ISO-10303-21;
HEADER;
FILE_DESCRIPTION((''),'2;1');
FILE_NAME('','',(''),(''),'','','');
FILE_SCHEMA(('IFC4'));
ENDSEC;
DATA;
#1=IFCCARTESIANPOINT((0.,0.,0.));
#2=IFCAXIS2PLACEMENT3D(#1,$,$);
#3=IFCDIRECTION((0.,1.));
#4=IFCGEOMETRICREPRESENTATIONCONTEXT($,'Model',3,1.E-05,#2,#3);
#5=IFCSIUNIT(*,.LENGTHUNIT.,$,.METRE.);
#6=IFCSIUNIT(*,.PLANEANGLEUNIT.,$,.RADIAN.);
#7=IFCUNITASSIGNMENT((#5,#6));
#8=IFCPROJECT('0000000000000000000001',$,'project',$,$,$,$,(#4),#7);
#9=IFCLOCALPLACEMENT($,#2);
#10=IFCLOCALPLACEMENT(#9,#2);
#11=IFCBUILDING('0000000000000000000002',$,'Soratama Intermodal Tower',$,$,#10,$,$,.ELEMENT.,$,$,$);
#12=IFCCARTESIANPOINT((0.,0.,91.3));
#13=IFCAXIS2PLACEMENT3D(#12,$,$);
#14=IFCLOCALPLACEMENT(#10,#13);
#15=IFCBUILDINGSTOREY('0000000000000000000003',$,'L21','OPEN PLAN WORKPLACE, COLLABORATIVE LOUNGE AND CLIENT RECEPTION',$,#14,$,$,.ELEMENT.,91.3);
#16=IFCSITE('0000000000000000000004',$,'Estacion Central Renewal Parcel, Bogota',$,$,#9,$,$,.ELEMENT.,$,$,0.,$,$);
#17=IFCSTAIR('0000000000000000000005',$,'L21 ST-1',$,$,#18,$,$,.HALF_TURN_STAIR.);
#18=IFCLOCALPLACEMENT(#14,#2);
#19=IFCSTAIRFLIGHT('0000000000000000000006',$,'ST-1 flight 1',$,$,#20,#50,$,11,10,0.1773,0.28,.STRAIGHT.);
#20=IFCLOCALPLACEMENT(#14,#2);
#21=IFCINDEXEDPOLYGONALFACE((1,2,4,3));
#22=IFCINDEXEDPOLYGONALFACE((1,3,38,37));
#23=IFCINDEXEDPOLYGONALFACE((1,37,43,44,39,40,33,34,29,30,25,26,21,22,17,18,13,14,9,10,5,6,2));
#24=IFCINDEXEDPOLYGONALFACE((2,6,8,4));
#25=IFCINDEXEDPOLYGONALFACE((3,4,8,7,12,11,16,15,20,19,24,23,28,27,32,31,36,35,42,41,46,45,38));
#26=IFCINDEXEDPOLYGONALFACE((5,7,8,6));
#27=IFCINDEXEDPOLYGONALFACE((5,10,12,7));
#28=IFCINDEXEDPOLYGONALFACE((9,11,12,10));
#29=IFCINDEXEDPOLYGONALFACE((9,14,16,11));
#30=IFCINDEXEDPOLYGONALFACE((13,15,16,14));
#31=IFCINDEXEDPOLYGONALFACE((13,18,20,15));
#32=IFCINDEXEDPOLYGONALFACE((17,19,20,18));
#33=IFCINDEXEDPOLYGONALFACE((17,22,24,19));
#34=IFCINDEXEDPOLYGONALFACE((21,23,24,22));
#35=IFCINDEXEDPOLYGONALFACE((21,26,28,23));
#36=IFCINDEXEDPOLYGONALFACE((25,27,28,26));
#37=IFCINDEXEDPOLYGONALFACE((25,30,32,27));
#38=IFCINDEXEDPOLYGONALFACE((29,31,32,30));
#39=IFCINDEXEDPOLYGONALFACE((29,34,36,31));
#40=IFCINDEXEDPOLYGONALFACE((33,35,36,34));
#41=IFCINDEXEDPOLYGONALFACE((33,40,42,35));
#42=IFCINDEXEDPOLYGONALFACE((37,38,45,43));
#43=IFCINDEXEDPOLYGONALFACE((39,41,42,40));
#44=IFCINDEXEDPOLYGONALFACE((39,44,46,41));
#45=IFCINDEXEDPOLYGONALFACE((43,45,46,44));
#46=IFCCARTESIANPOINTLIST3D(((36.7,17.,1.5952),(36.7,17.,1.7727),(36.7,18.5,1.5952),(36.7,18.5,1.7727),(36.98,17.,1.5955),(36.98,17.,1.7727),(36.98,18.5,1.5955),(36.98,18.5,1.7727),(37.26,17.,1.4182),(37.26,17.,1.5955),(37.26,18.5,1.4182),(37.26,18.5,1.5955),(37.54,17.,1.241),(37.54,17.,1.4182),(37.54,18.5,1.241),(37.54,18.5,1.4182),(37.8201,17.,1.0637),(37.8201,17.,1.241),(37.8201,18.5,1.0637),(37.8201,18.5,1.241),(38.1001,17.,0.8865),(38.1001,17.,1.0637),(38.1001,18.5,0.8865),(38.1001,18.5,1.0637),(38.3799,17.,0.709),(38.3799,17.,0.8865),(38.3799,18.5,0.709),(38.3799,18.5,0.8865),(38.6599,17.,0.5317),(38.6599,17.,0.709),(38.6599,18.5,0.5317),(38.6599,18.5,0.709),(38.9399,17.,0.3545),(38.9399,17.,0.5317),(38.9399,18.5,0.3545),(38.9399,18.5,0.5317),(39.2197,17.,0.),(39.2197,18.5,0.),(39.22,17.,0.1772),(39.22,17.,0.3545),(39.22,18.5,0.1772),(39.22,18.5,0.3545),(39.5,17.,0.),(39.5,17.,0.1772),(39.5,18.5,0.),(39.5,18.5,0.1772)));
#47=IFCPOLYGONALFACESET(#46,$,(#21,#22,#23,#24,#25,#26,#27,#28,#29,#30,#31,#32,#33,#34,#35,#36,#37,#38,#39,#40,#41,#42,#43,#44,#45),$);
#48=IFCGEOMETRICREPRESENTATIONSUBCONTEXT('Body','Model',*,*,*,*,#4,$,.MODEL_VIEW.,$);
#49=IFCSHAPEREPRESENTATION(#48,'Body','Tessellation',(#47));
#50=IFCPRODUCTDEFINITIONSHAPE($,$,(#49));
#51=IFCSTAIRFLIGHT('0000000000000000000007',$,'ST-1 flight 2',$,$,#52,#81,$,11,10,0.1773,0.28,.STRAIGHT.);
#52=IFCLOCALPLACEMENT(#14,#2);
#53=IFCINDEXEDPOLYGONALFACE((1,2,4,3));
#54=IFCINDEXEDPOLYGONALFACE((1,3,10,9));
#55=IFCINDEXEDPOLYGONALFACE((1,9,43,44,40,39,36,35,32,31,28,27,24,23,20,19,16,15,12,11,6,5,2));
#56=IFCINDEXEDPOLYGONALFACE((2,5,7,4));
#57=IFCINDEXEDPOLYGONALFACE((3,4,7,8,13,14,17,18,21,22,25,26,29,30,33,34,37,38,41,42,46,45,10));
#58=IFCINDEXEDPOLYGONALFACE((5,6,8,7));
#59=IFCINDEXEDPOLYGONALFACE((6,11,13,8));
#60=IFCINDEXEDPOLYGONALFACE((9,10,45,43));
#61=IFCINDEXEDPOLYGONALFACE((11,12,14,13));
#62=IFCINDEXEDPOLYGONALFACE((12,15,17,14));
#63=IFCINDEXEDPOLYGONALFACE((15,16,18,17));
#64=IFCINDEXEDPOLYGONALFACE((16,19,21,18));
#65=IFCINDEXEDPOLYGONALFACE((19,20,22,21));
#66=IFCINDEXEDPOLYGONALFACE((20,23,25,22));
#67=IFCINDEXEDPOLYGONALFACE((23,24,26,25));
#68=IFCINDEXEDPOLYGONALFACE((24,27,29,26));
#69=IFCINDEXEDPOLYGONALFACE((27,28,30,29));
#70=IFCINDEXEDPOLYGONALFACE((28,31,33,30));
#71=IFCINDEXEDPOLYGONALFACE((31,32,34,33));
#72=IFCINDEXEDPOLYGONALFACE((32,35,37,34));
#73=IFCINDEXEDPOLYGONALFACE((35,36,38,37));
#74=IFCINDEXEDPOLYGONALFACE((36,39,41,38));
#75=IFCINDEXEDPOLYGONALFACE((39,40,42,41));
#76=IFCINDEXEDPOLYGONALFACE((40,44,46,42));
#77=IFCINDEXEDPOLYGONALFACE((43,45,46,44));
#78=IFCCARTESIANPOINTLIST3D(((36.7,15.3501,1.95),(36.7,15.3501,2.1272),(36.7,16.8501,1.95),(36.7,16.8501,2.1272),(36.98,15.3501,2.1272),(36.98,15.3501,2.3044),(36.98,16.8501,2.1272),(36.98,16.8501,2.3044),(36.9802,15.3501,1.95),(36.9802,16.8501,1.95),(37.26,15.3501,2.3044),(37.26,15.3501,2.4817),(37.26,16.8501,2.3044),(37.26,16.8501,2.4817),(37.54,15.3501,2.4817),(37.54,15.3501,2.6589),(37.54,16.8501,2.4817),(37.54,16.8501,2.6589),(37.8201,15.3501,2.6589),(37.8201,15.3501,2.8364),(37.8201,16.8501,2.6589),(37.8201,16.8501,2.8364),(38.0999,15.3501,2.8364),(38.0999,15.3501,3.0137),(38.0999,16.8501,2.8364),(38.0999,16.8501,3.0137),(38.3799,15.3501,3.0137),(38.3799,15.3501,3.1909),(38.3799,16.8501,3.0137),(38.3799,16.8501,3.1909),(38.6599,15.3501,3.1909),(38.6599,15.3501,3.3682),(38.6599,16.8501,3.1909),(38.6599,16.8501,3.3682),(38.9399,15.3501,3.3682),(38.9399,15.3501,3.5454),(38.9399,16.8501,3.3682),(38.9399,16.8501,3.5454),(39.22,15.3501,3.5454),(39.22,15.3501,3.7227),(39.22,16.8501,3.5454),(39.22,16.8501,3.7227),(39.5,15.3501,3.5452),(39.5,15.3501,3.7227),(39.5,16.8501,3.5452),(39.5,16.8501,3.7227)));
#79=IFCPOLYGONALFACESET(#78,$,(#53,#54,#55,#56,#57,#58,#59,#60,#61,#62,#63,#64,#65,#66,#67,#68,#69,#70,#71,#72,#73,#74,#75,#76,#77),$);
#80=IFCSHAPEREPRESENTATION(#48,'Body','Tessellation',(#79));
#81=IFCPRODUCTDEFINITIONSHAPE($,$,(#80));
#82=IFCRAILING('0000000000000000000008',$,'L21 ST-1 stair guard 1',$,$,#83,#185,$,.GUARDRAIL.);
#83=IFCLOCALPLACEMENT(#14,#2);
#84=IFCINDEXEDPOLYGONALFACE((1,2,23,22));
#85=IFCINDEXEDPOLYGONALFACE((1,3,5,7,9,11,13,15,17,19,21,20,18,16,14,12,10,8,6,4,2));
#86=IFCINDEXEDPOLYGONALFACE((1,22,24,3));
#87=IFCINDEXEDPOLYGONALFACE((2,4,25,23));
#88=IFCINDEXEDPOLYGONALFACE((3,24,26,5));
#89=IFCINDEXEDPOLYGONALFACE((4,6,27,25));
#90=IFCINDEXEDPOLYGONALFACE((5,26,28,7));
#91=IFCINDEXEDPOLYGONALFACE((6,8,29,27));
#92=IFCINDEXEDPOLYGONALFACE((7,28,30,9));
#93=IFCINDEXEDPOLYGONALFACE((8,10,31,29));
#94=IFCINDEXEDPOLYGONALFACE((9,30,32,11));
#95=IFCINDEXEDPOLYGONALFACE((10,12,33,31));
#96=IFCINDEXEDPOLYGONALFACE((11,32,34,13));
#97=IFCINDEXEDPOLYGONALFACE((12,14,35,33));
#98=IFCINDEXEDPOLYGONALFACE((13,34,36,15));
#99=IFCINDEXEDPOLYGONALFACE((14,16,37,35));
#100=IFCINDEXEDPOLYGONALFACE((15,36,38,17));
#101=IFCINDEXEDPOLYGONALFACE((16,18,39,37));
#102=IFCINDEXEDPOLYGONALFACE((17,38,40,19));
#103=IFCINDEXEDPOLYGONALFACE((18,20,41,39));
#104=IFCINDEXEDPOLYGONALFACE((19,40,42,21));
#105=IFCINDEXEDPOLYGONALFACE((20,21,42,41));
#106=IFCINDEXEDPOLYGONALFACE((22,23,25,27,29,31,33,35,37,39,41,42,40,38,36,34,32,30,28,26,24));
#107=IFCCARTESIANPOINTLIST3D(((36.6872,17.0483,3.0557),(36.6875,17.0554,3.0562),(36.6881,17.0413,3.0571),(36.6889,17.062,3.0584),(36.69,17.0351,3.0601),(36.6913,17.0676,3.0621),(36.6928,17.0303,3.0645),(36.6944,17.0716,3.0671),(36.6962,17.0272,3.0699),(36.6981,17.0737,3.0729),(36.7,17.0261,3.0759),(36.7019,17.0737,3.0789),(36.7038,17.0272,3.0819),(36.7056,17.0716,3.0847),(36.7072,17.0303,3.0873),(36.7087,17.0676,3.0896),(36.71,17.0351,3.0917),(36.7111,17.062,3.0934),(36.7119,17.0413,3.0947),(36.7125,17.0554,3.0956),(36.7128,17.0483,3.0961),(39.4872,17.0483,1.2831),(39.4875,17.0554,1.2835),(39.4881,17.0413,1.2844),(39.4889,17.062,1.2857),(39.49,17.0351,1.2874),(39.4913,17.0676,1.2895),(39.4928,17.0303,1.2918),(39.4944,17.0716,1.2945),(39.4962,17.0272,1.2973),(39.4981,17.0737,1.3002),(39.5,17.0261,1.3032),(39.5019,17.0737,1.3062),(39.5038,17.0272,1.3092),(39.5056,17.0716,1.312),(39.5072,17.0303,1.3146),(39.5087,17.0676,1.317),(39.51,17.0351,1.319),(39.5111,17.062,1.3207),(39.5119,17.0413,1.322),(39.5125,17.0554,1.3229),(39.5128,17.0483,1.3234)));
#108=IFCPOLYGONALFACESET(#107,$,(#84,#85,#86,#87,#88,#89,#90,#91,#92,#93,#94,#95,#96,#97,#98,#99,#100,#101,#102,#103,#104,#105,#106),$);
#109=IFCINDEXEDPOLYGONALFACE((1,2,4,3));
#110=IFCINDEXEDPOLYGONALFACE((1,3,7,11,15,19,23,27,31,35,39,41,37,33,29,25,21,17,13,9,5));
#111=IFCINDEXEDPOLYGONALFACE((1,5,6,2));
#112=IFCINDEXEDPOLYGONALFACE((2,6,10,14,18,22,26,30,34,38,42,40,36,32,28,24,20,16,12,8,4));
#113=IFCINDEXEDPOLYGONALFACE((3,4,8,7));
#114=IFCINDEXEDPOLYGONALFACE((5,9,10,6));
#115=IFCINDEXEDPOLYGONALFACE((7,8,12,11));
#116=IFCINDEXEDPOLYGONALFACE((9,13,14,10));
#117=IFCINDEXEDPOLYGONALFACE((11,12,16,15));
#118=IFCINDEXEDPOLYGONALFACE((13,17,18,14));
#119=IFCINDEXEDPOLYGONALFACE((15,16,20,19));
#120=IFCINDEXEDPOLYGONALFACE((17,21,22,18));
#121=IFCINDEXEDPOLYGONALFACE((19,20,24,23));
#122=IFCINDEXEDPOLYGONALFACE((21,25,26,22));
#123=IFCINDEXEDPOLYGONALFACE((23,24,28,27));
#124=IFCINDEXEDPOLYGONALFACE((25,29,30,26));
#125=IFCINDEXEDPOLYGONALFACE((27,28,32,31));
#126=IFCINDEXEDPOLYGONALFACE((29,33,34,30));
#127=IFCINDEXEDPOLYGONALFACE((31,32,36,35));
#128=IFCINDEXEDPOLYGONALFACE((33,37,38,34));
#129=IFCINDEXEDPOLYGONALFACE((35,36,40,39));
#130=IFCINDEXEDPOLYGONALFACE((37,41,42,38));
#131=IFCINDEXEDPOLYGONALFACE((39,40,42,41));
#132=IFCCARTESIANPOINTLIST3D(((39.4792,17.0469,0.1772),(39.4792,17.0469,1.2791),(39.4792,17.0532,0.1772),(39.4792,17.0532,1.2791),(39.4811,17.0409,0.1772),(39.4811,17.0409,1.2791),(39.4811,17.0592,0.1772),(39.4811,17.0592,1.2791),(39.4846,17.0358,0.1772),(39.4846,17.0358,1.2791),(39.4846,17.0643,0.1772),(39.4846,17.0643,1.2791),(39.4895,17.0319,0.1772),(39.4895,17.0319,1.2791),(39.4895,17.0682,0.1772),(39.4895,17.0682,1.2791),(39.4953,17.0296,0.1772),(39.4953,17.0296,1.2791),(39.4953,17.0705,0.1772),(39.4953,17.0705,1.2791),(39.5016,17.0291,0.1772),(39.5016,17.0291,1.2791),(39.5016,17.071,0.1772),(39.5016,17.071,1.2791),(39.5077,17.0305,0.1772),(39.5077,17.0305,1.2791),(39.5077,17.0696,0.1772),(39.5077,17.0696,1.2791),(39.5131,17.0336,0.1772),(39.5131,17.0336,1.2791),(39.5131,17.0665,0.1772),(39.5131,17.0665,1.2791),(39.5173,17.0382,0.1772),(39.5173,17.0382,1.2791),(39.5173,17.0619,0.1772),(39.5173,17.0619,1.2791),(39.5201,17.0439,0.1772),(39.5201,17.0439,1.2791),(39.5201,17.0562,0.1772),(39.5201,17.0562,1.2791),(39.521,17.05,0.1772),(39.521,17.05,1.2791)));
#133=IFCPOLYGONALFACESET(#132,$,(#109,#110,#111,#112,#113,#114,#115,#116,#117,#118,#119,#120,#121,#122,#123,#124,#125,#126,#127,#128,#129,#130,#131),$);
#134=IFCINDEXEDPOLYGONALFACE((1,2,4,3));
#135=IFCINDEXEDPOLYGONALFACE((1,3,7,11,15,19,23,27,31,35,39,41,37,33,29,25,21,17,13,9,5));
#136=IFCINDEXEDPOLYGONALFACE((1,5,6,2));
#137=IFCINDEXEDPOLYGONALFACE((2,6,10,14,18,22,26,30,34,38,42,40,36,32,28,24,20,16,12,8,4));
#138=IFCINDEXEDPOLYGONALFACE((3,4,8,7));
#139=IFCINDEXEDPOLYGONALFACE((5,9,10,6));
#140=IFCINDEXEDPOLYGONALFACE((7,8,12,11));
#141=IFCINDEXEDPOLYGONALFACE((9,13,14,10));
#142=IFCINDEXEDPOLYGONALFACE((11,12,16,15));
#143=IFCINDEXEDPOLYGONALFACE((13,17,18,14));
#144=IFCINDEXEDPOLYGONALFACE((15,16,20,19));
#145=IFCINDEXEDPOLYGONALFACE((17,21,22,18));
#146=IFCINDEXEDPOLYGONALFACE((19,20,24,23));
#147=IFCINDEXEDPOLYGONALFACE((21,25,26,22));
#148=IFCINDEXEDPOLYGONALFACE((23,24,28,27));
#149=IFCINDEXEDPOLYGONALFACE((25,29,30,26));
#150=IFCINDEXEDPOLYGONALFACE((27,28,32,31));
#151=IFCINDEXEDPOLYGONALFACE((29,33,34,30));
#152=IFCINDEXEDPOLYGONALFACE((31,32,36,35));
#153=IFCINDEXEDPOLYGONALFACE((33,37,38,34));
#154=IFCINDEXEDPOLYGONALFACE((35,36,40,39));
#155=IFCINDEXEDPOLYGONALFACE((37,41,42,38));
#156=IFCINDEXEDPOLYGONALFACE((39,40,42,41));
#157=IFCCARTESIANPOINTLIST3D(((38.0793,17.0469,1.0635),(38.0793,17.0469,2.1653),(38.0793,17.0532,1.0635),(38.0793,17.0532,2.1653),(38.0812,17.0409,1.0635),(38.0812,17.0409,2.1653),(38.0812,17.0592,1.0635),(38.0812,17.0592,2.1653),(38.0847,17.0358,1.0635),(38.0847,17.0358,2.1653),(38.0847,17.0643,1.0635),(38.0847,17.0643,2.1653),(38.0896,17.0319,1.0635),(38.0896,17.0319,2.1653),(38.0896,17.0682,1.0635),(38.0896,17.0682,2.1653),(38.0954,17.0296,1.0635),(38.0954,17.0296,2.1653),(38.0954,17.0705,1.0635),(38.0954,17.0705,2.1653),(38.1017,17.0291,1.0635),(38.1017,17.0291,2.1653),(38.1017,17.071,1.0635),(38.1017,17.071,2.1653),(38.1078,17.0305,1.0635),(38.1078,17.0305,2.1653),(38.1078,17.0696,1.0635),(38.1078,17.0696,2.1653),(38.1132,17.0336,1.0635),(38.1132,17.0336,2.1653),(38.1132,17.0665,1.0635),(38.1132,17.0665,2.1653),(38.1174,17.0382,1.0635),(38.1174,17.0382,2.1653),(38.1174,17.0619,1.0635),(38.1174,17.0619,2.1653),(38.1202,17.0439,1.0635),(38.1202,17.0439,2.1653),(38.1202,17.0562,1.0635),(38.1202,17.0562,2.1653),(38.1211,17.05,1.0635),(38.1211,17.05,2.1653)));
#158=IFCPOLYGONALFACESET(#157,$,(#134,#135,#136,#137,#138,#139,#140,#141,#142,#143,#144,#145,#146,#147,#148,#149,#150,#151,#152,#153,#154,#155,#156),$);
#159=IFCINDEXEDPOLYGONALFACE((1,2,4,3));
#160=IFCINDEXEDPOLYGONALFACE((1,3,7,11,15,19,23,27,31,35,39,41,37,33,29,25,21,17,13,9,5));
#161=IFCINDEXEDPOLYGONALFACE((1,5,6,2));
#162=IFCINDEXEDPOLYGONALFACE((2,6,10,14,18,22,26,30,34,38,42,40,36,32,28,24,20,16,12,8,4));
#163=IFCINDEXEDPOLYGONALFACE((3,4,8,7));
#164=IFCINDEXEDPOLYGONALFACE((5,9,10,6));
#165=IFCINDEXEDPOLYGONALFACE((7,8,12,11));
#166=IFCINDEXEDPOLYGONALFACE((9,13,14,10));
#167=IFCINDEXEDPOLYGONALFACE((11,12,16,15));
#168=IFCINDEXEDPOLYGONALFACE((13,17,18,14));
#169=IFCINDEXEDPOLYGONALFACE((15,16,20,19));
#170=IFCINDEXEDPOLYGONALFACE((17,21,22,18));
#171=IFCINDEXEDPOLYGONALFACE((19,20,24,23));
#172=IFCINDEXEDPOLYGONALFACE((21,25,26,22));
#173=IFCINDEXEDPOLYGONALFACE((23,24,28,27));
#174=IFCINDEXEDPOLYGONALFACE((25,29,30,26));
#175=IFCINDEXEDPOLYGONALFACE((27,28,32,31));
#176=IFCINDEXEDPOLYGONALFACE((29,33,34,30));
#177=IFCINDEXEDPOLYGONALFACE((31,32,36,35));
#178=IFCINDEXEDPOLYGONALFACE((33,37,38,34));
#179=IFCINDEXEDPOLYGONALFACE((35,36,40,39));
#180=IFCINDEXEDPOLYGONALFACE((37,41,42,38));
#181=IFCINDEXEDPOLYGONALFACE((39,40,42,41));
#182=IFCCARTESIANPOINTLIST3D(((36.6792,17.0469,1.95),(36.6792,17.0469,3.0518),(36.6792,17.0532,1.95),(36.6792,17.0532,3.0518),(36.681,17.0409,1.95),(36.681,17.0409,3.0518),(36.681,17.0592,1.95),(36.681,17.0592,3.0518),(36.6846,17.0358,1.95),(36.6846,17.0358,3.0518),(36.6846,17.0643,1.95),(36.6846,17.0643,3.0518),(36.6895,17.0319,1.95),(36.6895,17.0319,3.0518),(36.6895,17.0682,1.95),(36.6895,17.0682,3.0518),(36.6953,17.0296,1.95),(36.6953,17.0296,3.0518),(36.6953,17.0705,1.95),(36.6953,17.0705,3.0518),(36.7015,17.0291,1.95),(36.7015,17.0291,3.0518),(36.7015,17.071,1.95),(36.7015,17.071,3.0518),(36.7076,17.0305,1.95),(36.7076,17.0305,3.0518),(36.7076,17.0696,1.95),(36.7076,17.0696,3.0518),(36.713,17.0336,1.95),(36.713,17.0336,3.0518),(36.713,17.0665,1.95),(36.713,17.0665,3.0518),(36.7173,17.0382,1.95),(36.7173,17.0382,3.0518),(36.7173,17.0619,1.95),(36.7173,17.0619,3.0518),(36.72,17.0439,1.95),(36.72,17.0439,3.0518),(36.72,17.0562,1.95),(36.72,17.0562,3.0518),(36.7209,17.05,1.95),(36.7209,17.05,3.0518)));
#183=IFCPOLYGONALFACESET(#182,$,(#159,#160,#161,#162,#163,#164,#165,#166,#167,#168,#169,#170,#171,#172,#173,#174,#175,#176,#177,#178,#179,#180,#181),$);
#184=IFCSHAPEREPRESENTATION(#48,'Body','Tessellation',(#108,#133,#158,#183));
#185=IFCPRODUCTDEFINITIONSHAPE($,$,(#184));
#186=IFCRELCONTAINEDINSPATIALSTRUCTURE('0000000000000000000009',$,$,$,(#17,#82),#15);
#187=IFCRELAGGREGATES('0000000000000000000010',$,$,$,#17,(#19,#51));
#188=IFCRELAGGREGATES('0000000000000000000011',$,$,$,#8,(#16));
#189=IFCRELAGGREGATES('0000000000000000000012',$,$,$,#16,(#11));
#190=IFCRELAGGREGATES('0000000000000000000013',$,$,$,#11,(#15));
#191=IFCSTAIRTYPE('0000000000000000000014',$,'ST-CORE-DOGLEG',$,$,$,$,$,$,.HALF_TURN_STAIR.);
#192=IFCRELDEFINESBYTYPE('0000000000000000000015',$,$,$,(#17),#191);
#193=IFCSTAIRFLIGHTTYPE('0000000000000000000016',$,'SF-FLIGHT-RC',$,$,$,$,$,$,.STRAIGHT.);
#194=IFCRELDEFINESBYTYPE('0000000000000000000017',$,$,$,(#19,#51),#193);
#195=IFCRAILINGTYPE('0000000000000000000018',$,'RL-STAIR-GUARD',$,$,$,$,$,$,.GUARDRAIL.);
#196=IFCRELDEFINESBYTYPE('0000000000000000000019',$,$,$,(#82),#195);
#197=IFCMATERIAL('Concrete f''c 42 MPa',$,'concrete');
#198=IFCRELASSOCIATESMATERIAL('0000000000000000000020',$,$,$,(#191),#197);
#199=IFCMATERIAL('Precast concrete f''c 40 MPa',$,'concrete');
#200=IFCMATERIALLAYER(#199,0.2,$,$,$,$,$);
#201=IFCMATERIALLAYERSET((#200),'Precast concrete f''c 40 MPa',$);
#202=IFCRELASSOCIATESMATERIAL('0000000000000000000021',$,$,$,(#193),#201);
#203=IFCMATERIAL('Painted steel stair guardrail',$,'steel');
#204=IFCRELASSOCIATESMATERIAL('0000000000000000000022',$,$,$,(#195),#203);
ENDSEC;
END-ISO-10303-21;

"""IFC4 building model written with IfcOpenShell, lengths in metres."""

from ifc_helpers import new_model, si_unit, direction, frame, origin, origin_2d, place, context, subcontext, project, spatial, polyline, circle, outline, extrude, material, layer, layer_set, type_object, element, aggregate, save


model = new_model("IFC4")

# Units and contexts
model_context = context("Model", 3, precision=1e-05, world=origin(), true_north=direction((0.0, 1.0)))
body_context = subcontext(model_context, "Body", "Model", "MODEL_VIEW")
ifc_project = project(units=[si_unit("LENGTHUNIT", "METRE"), si_unit("PLANEANGLEUNIT", "RADIAN")], contexts=[model_context])

# Site, building, storey
site_placement = place(None, origin())
site = spatial("IfcSite", under=ifc_project, at=site_placement, Name="Estacion Central Renewal Parcel, Bogota", CompositionType="ELEMENT", RefElevation=0.0)
building_placement = place(site_placement, origin())
building = spatial("IfcBuilding", under=site, at=building_placement, Name="Soratama Intermodal Tower", CompositionType="ELEMENT")
storey_placement = place(building_placement, frame((0.0, 0.0, 91.3)))
storey = spatial("IfcBuildingStorey", under=building, at=storey_placement, Name="L21", Description="OPEN PLAN WORKPLACE, COLLABORATIVE LOUNGE AND CLIENT RECEPTION", CompositionType="ELEMENT", Elevation=91.3)

# Stair, stair flights
ifc_material_1 = material(Name="Concrete f'c 42 MPa", Category="concrete")
stair_type = type_object("IfcStairType", Name="ST-CORE-DOGLEG", PredefinedType="HALF_TURN_STAIR", material=ifc_material_1)
stair_placement = place(storey_placement, origin())
stair = element("IfcStair", 1, at=stair_placement, inside=storey, type_object=stair_type, Name="L21 ST-1", PredefinedType="HALF_TURN_STAIR")
ifc_material_2 = material(Name="Precast concrete f'c 40 MPa", Category="concrete")
ifc_layer_1 = layer(ifc_material_2, 0.2)
ifc_layer_set_1 = layer_set([ifc_layer_1], Name="Precast concrete f'c 40 MPa")
stair_flight_type = type_object("IfcStairFlightType", Name="SF-FLIGHT-RC", PredefinedType="STRAIGHT", material=ifc_layer_set_1)
stair_flight_1_placement = place(storey_placement, frame((39.5, 17.75, 0.0), z_axis=(0.0, 0.0, 1.0), x_axis=(-1.0, 0.0, 0.0)))
stair_flight_1 = element("IfcStairFlight", 2, at=stair_flight_1_placement, type_object=stair_flight_type, Name="ST-1 flight 1", NumberOfRisers=11, NumberOfTreads=10, PredefinedType="STRAIGHT", RiserHeight=0.1773, TreadLength=0.28, context=body_context, shape_type="SweptSolid", body=[
    extrude(outline(polyline([(0.0, 0.0), (0.0, 0.1772), (0.28, 0.1772), (0.28, 0.3545), (0.5601, 0.3545), (0.5601, 0.5317), (0.8401, 0.5317), (0.8401, 0.709), (1.1201, 0.709), (1.1201, 0.8865), (1.3999, 0.8865), (1.3999, 1.0637), (1.6799, 1.0637), (1.6799, 1.241), (1.96, 1.241), (1.96, 1.4182), (2.24, 1.4182), (2.24, 1.5955), (2.52, 1.5955), (2.52, 1.7727), (2.8, 1.7727), (2.8, 1.95), (2.8, 1.5952), (0.2803, 0.0), (0.0, 0.0)])), frame((0.0, 0.75, 0.0), z_axis=(0.0, -1.0, 0.0), x_axis=(1.0, 0.0, 0.0)), (0.0, 0.0, 1.0), 1.5),
])
stair_flight_2_placement = place(storey_placement, frame((36.7, 16.1001, 1.95), z_axis=(0.0, 0.0, 1.0), x_axis=(1.0, 0.0, 0.0)))
stair_flight_2 = element("IfcStairFlight", 3, at=stair_flight_2_placement, type_object=stair_flight_type, Name="ST-1 flight 2", NumberOfRisers=11, NumberOfTreads=10, PredefinedType="STRAIGHT", RiserHeight=0.1773, TreadLength=0.28, context=body_context, shape_type="SweptSolid", body=[
    extrude(outline(polyline([(0.0, 0.0), (0.0, 0.1772), (0.28, 0.1772), (0.28, 0.3545), (0.5601, 0.3545), (0.5601, 0.5317), (0.8401, 0.5317), (0.8401, 0.709), (1.1201, 0.709), (1.1201, 0.8865), (1.3999, 0.8865), (1.3999, 1.0637), (1.6799, 1.0637), (1.6799, 1.241), (1.96, 1.241), (1.96, 1.4182), (2.24, 1.4182), (2.24, 1.5955), (2.52, 1.5955), (2.52, 1.7727), (2.8, 1.7727), (2.8, 1.95), (2.8, 1.5952), (0.2803, 0.0), (0.0, 0.0)])), frame((0.0, 0.75, 0.0), z_axis=(0.0, -1.0, 0.0), x_axis=(1.0, 0.0, 0.0)), (0.0, 0.0, 1.0), 1.5),
])
aggregate(stair, [stair_flight_1, stair_flight_2])

# Railing
ifc_material_3 = material(Name="Painted steel stair guardrail", Category="steel")
railing_type_1 = type_object("IfcRailingType", Name="RL-STAIR-GUARD", PredefinedType="GUARDRAIL", material=ifc_material_3)
railing_1_placement = place(storey_placement, frame((39.5, 17.05, 0.1772)))
element("IfcRailing", 4, at=railing_1_placement, inside=storey, type_object=railing_type_1, Name="L21 ST-1 stair guard 1", PredefinedType="GUARDRAIL", context=body_context, shape_type="SweptSolid", body=[
    extrude(circle(Radius=0.0239, at=origin_2d()), frame((0.0, 0.0, 1.126), z_axis=(-0.844909, 0.0, 0.53491), x_axis=(0.0, -1.0, 0.0)), (0.0, 0.0, 1.0), 3.314),
    extrude(circle(Radius=0.021, at=origin_2d()), origin(), (0.0, 0.0, 1.0), 1.1018),
    extrude(circle(Radius=0.021, at=origin_2d()), frame((-1.3999, 0.0, 0.8862)), (0.0, 0.0, 1.0), 1.1018),
    extrude(circle(Radius=0.021, at=origin_2d()), frame((-2.8, 0.0, 1.7727)), (0.0, 0.0, 1.0), 1.1018),
])

save(model, "model.ifc")
